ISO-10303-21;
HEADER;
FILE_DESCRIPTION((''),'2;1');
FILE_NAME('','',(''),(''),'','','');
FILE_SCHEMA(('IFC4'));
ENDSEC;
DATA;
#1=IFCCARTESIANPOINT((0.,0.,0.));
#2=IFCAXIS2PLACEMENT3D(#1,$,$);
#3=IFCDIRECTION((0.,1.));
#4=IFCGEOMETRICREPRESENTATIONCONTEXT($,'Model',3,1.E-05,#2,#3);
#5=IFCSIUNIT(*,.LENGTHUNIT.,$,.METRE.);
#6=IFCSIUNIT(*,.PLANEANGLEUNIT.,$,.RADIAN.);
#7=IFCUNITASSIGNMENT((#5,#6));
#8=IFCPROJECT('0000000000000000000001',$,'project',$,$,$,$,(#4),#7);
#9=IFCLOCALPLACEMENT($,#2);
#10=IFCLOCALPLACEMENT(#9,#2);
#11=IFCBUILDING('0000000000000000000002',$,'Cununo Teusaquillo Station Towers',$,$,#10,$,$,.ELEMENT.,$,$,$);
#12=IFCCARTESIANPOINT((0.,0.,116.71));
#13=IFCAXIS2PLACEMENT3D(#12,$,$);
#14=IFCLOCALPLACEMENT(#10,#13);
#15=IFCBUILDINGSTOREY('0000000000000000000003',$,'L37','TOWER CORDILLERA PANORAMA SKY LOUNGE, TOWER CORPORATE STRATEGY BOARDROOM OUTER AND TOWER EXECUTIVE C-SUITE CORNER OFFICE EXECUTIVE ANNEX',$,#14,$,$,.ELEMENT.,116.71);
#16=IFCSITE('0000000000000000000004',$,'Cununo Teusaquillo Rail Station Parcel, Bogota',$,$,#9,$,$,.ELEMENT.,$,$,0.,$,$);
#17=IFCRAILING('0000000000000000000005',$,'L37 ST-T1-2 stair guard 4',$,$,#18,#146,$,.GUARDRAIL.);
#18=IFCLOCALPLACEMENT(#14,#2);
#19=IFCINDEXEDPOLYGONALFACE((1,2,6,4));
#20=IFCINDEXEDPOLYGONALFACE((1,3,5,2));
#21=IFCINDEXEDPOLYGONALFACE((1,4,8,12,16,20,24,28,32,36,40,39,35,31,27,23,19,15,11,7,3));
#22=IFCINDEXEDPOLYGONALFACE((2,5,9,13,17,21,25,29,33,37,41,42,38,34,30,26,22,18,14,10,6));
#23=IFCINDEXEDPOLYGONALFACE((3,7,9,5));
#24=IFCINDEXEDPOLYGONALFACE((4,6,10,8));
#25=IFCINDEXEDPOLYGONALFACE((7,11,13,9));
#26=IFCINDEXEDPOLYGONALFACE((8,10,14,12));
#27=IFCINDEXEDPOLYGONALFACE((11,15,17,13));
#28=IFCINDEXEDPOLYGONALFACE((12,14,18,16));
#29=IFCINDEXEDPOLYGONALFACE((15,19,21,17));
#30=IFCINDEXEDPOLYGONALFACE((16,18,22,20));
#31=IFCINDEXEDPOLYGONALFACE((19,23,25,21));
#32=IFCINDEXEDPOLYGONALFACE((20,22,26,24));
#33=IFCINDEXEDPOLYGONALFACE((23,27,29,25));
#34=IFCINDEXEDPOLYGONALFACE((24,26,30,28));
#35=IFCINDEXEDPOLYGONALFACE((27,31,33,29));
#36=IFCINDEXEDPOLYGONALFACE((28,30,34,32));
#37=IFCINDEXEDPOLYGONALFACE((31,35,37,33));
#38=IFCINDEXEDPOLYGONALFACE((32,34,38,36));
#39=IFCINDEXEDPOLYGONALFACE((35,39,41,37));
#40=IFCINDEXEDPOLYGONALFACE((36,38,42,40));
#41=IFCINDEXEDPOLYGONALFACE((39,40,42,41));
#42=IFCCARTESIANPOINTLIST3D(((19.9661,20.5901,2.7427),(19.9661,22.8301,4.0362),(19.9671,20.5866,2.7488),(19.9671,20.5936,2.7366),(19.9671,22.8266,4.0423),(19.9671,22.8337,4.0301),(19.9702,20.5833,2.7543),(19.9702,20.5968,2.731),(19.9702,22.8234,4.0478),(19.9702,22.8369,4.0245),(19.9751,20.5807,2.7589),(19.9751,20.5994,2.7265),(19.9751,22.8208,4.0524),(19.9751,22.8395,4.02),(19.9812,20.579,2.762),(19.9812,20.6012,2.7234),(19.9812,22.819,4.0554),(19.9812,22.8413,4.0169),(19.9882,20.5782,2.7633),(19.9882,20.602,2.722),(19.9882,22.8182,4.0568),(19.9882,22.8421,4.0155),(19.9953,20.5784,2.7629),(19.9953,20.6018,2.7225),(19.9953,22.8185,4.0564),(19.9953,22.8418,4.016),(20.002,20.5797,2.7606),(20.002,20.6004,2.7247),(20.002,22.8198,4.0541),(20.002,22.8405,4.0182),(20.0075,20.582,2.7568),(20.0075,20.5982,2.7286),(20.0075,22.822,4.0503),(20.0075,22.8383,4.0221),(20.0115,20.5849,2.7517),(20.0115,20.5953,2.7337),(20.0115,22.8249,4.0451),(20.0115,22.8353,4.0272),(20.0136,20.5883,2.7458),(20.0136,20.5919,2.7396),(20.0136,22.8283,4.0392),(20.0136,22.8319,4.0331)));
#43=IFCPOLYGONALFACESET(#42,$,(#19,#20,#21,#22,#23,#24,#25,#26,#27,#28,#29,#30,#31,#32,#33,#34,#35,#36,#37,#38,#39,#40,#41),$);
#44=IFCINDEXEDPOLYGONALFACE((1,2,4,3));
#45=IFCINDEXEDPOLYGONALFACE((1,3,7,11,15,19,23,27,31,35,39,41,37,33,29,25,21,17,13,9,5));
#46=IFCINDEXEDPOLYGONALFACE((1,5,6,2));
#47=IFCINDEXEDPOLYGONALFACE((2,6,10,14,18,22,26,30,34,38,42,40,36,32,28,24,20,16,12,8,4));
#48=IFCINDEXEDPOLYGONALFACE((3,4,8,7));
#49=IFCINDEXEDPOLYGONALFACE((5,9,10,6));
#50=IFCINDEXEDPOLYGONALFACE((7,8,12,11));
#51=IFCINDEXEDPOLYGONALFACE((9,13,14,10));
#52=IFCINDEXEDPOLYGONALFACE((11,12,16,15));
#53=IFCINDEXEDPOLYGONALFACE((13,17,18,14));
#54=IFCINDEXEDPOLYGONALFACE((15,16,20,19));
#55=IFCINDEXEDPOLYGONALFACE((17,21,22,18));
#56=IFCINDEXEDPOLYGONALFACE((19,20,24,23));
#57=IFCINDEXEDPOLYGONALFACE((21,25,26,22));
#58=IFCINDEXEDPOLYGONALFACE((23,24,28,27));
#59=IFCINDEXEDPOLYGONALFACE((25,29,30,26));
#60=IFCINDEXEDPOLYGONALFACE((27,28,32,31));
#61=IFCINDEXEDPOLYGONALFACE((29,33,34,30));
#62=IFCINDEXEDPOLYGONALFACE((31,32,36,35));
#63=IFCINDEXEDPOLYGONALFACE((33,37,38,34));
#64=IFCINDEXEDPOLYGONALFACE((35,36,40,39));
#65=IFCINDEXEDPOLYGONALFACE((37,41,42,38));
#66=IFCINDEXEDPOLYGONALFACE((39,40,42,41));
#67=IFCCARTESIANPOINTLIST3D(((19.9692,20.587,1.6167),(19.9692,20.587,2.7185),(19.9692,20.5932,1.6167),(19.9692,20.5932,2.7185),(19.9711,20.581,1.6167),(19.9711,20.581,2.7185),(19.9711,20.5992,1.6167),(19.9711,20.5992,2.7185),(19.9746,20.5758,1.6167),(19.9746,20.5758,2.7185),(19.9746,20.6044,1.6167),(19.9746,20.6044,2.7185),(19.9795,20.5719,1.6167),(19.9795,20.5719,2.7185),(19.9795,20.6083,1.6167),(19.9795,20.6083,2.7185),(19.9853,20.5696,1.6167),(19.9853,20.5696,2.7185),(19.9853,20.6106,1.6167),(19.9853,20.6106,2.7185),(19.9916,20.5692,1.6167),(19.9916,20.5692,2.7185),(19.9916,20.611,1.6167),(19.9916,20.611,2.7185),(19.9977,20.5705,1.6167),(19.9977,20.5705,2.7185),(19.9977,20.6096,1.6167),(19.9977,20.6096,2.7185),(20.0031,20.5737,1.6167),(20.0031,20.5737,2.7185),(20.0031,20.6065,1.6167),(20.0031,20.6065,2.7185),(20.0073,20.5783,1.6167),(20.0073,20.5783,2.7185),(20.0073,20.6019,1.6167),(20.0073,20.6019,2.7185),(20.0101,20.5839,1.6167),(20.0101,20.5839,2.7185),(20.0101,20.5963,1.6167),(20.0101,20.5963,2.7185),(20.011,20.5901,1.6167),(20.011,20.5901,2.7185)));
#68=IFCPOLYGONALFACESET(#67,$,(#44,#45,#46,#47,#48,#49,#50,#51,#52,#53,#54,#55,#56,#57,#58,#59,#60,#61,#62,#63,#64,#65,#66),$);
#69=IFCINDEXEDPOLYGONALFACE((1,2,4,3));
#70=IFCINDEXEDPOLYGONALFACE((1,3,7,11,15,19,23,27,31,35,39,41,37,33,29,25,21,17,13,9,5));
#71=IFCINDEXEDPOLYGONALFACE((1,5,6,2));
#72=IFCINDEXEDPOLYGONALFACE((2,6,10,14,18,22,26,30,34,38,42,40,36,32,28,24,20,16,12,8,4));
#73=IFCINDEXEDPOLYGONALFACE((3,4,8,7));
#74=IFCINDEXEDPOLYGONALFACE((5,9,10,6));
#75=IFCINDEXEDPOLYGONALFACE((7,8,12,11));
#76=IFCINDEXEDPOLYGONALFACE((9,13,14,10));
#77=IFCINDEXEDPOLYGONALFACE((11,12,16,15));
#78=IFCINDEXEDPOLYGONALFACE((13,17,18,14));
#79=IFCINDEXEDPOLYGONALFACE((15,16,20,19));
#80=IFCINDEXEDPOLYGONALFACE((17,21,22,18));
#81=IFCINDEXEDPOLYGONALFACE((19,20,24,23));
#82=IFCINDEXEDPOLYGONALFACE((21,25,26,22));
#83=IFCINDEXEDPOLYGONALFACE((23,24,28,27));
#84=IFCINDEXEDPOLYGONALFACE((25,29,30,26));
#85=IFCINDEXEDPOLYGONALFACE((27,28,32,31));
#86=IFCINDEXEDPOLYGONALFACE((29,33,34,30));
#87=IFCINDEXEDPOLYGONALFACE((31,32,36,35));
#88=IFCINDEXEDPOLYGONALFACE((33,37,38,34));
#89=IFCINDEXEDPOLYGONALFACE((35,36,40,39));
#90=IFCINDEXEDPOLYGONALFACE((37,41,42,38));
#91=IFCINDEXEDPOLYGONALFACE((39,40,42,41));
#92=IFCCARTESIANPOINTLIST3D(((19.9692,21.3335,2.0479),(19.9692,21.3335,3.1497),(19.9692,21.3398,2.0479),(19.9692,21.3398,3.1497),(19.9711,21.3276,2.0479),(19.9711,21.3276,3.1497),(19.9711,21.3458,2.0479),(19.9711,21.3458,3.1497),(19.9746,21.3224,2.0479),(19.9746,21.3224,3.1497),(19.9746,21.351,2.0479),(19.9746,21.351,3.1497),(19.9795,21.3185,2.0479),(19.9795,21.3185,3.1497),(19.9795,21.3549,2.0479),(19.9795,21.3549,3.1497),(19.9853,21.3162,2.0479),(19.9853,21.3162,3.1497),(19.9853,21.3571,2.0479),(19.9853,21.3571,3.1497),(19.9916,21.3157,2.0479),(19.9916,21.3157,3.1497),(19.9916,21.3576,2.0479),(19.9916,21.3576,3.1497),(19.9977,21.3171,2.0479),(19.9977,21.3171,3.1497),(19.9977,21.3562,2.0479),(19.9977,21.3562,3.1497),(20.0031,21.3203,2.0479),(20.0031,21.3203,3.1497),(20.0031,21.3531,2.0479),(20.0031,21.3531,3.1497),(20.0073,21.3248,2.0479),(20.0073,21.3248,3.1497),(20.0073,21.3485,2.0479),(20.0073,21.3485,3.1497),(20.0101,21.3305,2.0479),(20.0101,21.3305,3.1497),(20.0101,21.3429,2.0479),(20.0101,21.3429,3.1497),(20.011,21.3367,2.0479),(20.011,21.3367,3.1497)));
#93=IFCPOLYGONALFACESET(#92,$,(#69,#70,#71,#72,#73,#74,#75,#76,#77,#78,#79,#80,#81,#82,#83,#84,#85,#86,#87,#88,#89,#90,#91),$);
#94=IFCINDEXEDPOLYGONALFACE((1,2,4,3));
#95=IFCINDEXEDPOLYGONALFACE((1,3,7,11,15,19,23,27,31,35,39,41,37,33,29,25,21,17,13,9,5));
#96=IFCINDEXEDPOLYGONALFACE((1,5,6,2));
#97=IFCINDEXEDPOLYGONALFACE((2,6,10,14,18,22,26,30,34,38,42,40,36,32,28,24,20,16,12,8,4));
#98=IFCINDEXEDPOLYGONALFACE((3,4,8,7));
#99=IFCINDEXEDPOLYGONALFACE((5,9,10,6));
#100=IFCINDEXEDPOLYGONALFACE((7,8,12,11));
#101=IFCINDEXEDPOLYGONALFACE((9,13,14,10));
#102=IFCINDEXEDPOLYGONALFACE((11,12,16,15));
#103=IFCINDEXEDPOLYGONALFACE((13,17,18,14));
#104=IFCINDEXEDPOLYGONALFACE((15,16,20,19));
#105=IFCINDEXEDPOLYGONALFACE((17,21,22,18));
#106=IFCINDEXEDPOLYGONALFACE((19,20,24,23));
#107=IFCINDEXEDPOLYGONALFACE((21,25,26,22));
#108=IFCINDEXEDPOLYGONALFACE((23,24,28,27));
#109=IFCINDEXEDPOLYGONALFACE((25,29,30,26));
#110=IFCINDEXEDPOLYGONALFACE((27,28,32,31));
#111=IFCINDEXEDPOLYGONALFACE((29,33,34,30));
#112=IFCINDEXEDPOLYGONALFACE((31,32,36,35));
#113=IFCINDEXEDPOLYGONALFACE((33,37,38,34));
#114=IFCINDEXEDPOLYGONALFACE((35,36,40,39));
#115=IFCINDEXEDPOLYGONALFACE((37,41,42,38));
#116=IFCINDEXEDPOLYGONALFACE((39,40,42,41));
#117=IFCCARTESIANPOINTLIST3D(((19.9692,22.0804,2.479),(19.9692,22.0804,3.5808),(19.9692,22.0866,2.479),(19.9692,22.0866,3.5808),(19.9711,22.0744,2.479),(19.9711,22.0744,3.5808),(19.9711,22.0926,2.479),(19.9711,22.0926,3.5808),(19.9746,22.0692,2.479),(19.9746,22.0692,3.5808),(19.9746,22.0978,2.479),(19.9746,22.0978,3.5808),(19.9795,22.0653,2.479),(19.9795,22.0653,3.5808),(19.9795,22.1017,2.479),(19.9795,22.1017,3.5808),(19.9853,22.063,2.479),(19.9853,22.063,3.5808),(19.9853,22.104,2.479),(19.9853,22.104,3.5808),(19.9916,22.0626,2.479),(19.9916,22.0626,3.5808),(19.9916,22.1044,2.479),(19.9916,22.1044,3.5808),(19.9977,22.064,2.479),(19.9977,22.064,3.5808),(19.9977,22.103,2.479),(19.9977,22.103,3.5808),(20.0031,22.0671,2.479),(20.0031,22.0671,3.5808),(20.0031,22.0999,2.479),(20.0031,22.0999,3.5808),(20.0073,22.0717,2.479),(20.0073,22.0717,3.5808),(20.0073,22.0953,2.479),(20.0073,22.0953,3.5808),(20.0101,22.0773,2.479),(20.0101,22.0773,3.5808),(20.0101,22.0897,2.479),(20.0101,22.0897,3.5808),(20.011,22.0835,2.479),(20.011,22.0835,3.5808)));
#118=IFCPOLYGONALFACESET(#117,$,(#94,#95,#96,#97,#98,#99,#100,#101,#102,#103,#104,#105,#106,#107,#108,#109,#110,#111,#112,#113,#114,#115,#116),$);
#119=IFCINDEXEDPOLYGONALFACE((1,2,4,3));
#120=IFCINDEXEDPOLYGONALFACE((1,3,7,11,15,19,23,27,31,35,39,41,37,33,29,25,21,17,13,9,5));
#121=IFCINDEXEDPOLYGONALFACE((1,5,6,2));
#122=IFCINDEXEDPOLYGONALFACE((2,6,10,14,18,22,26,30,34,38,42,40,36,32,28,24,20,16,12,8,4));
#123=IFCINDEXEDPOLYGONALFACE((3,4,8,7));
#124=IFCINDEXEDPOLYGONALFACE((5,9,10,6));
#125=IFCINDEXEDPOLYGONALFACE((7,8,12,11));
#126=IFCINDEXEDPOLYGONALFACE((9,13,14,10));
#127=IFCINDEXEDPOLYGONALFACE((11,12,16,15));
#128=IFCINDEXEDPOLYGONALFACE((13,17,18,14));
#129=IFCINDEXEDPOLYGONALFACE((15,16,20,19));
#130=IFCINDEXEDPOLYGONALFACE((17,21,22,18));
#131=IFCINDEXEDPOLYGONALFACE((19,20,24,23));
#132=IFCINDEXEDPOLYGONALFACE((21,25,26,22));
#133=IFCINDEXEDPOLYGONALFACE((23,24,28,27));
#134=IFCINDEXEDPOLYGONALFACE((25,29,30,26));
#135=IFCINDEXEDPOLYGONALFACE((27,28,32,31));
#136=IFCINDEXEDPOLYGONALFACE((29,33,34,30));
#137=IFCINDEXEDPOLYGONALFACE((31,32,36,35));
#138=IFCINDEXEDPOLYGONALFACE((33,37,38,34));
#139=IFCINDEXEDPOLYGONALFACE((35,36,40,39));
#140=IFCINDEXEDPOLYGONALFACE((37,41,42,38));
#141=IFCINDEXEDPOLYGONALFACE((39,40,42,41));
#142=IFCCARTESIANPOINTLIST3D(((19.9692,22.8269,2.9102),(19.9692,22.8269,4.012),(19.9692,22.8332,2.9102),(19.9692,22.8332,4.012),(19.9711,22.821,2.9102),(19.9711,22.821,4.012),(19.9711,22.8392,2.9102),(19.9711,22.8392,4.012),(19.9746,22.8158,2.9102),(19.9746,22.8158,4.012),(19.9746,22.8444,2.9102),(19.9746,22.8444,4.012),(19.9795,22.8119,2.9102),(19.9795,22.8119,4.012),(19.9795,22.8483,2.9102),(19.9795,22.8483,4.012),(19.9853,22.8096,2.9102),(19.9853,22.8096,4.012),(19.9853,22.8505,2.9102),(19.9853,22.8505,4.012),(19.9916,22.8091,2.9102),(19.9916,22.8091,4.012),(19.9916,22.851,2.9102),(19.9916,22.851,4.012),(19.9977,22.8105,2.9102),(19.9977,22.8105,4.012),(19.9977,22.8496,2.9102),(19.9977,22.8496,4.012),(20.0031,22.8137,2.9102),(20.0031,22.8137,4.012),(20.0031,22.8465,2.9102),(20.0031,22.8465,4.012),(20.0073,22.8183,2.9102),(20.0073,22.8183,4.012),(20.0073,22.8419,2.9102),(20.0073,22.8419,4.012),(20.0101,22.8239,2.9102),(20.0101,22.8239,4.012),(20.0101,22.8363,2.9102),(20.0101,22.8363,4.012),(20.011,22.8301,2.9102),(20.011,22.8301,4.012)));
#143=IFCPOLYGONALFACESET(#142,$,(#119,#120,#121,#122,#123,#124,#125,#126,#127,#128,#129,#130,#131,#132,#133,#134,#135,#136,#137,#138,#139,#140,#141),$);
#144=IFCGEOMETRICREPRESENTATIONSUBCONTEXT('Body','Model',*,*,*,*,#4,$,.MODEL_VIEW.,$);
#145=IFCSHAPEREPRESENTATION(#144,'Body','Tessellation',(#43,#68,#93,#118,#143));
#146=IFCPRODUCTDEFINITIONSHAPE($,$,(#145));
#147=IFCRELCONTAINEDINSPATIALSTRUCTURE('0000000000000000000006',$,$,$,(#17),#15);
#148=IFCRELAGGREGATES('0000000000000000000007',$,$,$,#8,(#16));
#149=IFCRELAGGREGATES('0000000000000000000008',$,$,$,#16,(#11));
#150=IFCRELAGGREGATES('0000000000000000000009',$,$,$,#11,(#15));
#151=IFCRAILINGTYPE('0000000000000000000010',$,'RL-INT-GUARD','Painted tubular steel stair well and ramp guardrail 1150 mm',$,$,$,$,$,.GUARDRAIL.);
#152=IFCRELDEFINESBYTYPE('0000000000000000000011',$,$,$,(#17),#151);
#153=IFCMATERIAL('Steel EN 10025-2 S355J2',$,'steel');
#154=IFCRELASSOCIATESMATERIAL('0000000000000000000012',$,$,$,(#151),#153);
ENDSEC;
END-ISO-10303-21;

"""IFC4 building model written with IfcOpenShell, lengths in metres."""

from ifc_helpers import new_model, si_unit, direction, frame, origin, origin_2d, place, context, subcontext, project, spatial, circle, extrude, material, type_object, element, save


model = new_model("IFC4")

# Units and contexts
model_context = context("Model", 3, precision=1e-05, world=origin(), true_north=direction((0.0, 1.0)))
body_context = subcontext(model_context, "Body", "Model", "MODEL_VIEW")
ifc_project = project(units=[si_unit("LENGTHUNIT", "METRE"), si_unit("PLANEANGLEUNIT", "RADIAN")], contexts=[model_context])

# Site, building, storey
site_placement = place(None, origin())
site = spatial("IfcSite", under=ifc_project, at=site_placement, Name="Cununo Teusaquillo Rail Station Parcel, Bogota", CompositionType="ELEMENT", RefElevation=0.0)
building_placement = place(site_placement, origin())
building = spatial("IfcBuilding", under=site, at=building_placement, Name="Cununo Teusaquillo Station Towers", CompositionType="ELEMENT")
storey_placement = place(building_placement, frame((0.0, 0.0, 116.71)))
storey = spatial("IfcBuildingStorey", under=building, at=storey_placement, Name="L37", Description="TOWER CORDILLERA PANORAMA SKY LOUNGE, TOWER CORPORATE STRATEGY BOARDROOM OUTER AND TOWER EXECUTIVE C-SUITE CORNER OFFICE EXECUTIVE ANNEX", CompositionType="ELEMENT", Elevation=116.71)

# Railing
ifc_material_1 = material(Name="Steel EN 10025-2 S355J2", Category="steel")
railing_type_1 = type_object("IfcRailingType", Name="RL-INT-GUARD", Description="Painted tubular steel stair well and ramp guardrail 1150 mm", PredefinedType="GUARDRAIL", material=ifc_material_1)
railing_1_placement = place(storey_placement, frame((19.99, 20.5901, 1.6167)))
element("IfcRailing", 1, at=railing_1_placement, inside=storey, type_object=railing_type_1, Name="L37 ST-T1-2 stair guard 4", PredefinedType="GUARDRAIL", context=body_context, shape_type="SweptSolid", body=[
    extrude(circle(Radius=0.0239, at=origin_2d()), frame((0.0, 0.0, 1.126), z_axis=(0.0, 0.865992, 0.500057), x_axis=(-1.0, 0.0, 0.0)), (0.0, 0.0, 1.0), 2.5867),
    extrude(circle(Radius=0.021, at=origin_2d()), origin(), (0.0, 0.0, 1.0), 1.1018),
    extrude(circle(Radius=0.021, at=origin_2d()), frame((0.0, 0.7466, 0.4312)), (0.0, 0.0, 1.0), 1.1018),
    extrude(circle(Radius=0.021, at=origin_2d()), frame((0.0, 1.4934, 0.8623)), (0.0, 0.0, 1.0), 1.1018),
    extrude(circle(Radius=0.021, at=origin_2d()), frame((0.0, 2.24, 1.2935)), (0.0, 0.0, 1.0), 1.1018),
])

save(model, "model.ifc")
